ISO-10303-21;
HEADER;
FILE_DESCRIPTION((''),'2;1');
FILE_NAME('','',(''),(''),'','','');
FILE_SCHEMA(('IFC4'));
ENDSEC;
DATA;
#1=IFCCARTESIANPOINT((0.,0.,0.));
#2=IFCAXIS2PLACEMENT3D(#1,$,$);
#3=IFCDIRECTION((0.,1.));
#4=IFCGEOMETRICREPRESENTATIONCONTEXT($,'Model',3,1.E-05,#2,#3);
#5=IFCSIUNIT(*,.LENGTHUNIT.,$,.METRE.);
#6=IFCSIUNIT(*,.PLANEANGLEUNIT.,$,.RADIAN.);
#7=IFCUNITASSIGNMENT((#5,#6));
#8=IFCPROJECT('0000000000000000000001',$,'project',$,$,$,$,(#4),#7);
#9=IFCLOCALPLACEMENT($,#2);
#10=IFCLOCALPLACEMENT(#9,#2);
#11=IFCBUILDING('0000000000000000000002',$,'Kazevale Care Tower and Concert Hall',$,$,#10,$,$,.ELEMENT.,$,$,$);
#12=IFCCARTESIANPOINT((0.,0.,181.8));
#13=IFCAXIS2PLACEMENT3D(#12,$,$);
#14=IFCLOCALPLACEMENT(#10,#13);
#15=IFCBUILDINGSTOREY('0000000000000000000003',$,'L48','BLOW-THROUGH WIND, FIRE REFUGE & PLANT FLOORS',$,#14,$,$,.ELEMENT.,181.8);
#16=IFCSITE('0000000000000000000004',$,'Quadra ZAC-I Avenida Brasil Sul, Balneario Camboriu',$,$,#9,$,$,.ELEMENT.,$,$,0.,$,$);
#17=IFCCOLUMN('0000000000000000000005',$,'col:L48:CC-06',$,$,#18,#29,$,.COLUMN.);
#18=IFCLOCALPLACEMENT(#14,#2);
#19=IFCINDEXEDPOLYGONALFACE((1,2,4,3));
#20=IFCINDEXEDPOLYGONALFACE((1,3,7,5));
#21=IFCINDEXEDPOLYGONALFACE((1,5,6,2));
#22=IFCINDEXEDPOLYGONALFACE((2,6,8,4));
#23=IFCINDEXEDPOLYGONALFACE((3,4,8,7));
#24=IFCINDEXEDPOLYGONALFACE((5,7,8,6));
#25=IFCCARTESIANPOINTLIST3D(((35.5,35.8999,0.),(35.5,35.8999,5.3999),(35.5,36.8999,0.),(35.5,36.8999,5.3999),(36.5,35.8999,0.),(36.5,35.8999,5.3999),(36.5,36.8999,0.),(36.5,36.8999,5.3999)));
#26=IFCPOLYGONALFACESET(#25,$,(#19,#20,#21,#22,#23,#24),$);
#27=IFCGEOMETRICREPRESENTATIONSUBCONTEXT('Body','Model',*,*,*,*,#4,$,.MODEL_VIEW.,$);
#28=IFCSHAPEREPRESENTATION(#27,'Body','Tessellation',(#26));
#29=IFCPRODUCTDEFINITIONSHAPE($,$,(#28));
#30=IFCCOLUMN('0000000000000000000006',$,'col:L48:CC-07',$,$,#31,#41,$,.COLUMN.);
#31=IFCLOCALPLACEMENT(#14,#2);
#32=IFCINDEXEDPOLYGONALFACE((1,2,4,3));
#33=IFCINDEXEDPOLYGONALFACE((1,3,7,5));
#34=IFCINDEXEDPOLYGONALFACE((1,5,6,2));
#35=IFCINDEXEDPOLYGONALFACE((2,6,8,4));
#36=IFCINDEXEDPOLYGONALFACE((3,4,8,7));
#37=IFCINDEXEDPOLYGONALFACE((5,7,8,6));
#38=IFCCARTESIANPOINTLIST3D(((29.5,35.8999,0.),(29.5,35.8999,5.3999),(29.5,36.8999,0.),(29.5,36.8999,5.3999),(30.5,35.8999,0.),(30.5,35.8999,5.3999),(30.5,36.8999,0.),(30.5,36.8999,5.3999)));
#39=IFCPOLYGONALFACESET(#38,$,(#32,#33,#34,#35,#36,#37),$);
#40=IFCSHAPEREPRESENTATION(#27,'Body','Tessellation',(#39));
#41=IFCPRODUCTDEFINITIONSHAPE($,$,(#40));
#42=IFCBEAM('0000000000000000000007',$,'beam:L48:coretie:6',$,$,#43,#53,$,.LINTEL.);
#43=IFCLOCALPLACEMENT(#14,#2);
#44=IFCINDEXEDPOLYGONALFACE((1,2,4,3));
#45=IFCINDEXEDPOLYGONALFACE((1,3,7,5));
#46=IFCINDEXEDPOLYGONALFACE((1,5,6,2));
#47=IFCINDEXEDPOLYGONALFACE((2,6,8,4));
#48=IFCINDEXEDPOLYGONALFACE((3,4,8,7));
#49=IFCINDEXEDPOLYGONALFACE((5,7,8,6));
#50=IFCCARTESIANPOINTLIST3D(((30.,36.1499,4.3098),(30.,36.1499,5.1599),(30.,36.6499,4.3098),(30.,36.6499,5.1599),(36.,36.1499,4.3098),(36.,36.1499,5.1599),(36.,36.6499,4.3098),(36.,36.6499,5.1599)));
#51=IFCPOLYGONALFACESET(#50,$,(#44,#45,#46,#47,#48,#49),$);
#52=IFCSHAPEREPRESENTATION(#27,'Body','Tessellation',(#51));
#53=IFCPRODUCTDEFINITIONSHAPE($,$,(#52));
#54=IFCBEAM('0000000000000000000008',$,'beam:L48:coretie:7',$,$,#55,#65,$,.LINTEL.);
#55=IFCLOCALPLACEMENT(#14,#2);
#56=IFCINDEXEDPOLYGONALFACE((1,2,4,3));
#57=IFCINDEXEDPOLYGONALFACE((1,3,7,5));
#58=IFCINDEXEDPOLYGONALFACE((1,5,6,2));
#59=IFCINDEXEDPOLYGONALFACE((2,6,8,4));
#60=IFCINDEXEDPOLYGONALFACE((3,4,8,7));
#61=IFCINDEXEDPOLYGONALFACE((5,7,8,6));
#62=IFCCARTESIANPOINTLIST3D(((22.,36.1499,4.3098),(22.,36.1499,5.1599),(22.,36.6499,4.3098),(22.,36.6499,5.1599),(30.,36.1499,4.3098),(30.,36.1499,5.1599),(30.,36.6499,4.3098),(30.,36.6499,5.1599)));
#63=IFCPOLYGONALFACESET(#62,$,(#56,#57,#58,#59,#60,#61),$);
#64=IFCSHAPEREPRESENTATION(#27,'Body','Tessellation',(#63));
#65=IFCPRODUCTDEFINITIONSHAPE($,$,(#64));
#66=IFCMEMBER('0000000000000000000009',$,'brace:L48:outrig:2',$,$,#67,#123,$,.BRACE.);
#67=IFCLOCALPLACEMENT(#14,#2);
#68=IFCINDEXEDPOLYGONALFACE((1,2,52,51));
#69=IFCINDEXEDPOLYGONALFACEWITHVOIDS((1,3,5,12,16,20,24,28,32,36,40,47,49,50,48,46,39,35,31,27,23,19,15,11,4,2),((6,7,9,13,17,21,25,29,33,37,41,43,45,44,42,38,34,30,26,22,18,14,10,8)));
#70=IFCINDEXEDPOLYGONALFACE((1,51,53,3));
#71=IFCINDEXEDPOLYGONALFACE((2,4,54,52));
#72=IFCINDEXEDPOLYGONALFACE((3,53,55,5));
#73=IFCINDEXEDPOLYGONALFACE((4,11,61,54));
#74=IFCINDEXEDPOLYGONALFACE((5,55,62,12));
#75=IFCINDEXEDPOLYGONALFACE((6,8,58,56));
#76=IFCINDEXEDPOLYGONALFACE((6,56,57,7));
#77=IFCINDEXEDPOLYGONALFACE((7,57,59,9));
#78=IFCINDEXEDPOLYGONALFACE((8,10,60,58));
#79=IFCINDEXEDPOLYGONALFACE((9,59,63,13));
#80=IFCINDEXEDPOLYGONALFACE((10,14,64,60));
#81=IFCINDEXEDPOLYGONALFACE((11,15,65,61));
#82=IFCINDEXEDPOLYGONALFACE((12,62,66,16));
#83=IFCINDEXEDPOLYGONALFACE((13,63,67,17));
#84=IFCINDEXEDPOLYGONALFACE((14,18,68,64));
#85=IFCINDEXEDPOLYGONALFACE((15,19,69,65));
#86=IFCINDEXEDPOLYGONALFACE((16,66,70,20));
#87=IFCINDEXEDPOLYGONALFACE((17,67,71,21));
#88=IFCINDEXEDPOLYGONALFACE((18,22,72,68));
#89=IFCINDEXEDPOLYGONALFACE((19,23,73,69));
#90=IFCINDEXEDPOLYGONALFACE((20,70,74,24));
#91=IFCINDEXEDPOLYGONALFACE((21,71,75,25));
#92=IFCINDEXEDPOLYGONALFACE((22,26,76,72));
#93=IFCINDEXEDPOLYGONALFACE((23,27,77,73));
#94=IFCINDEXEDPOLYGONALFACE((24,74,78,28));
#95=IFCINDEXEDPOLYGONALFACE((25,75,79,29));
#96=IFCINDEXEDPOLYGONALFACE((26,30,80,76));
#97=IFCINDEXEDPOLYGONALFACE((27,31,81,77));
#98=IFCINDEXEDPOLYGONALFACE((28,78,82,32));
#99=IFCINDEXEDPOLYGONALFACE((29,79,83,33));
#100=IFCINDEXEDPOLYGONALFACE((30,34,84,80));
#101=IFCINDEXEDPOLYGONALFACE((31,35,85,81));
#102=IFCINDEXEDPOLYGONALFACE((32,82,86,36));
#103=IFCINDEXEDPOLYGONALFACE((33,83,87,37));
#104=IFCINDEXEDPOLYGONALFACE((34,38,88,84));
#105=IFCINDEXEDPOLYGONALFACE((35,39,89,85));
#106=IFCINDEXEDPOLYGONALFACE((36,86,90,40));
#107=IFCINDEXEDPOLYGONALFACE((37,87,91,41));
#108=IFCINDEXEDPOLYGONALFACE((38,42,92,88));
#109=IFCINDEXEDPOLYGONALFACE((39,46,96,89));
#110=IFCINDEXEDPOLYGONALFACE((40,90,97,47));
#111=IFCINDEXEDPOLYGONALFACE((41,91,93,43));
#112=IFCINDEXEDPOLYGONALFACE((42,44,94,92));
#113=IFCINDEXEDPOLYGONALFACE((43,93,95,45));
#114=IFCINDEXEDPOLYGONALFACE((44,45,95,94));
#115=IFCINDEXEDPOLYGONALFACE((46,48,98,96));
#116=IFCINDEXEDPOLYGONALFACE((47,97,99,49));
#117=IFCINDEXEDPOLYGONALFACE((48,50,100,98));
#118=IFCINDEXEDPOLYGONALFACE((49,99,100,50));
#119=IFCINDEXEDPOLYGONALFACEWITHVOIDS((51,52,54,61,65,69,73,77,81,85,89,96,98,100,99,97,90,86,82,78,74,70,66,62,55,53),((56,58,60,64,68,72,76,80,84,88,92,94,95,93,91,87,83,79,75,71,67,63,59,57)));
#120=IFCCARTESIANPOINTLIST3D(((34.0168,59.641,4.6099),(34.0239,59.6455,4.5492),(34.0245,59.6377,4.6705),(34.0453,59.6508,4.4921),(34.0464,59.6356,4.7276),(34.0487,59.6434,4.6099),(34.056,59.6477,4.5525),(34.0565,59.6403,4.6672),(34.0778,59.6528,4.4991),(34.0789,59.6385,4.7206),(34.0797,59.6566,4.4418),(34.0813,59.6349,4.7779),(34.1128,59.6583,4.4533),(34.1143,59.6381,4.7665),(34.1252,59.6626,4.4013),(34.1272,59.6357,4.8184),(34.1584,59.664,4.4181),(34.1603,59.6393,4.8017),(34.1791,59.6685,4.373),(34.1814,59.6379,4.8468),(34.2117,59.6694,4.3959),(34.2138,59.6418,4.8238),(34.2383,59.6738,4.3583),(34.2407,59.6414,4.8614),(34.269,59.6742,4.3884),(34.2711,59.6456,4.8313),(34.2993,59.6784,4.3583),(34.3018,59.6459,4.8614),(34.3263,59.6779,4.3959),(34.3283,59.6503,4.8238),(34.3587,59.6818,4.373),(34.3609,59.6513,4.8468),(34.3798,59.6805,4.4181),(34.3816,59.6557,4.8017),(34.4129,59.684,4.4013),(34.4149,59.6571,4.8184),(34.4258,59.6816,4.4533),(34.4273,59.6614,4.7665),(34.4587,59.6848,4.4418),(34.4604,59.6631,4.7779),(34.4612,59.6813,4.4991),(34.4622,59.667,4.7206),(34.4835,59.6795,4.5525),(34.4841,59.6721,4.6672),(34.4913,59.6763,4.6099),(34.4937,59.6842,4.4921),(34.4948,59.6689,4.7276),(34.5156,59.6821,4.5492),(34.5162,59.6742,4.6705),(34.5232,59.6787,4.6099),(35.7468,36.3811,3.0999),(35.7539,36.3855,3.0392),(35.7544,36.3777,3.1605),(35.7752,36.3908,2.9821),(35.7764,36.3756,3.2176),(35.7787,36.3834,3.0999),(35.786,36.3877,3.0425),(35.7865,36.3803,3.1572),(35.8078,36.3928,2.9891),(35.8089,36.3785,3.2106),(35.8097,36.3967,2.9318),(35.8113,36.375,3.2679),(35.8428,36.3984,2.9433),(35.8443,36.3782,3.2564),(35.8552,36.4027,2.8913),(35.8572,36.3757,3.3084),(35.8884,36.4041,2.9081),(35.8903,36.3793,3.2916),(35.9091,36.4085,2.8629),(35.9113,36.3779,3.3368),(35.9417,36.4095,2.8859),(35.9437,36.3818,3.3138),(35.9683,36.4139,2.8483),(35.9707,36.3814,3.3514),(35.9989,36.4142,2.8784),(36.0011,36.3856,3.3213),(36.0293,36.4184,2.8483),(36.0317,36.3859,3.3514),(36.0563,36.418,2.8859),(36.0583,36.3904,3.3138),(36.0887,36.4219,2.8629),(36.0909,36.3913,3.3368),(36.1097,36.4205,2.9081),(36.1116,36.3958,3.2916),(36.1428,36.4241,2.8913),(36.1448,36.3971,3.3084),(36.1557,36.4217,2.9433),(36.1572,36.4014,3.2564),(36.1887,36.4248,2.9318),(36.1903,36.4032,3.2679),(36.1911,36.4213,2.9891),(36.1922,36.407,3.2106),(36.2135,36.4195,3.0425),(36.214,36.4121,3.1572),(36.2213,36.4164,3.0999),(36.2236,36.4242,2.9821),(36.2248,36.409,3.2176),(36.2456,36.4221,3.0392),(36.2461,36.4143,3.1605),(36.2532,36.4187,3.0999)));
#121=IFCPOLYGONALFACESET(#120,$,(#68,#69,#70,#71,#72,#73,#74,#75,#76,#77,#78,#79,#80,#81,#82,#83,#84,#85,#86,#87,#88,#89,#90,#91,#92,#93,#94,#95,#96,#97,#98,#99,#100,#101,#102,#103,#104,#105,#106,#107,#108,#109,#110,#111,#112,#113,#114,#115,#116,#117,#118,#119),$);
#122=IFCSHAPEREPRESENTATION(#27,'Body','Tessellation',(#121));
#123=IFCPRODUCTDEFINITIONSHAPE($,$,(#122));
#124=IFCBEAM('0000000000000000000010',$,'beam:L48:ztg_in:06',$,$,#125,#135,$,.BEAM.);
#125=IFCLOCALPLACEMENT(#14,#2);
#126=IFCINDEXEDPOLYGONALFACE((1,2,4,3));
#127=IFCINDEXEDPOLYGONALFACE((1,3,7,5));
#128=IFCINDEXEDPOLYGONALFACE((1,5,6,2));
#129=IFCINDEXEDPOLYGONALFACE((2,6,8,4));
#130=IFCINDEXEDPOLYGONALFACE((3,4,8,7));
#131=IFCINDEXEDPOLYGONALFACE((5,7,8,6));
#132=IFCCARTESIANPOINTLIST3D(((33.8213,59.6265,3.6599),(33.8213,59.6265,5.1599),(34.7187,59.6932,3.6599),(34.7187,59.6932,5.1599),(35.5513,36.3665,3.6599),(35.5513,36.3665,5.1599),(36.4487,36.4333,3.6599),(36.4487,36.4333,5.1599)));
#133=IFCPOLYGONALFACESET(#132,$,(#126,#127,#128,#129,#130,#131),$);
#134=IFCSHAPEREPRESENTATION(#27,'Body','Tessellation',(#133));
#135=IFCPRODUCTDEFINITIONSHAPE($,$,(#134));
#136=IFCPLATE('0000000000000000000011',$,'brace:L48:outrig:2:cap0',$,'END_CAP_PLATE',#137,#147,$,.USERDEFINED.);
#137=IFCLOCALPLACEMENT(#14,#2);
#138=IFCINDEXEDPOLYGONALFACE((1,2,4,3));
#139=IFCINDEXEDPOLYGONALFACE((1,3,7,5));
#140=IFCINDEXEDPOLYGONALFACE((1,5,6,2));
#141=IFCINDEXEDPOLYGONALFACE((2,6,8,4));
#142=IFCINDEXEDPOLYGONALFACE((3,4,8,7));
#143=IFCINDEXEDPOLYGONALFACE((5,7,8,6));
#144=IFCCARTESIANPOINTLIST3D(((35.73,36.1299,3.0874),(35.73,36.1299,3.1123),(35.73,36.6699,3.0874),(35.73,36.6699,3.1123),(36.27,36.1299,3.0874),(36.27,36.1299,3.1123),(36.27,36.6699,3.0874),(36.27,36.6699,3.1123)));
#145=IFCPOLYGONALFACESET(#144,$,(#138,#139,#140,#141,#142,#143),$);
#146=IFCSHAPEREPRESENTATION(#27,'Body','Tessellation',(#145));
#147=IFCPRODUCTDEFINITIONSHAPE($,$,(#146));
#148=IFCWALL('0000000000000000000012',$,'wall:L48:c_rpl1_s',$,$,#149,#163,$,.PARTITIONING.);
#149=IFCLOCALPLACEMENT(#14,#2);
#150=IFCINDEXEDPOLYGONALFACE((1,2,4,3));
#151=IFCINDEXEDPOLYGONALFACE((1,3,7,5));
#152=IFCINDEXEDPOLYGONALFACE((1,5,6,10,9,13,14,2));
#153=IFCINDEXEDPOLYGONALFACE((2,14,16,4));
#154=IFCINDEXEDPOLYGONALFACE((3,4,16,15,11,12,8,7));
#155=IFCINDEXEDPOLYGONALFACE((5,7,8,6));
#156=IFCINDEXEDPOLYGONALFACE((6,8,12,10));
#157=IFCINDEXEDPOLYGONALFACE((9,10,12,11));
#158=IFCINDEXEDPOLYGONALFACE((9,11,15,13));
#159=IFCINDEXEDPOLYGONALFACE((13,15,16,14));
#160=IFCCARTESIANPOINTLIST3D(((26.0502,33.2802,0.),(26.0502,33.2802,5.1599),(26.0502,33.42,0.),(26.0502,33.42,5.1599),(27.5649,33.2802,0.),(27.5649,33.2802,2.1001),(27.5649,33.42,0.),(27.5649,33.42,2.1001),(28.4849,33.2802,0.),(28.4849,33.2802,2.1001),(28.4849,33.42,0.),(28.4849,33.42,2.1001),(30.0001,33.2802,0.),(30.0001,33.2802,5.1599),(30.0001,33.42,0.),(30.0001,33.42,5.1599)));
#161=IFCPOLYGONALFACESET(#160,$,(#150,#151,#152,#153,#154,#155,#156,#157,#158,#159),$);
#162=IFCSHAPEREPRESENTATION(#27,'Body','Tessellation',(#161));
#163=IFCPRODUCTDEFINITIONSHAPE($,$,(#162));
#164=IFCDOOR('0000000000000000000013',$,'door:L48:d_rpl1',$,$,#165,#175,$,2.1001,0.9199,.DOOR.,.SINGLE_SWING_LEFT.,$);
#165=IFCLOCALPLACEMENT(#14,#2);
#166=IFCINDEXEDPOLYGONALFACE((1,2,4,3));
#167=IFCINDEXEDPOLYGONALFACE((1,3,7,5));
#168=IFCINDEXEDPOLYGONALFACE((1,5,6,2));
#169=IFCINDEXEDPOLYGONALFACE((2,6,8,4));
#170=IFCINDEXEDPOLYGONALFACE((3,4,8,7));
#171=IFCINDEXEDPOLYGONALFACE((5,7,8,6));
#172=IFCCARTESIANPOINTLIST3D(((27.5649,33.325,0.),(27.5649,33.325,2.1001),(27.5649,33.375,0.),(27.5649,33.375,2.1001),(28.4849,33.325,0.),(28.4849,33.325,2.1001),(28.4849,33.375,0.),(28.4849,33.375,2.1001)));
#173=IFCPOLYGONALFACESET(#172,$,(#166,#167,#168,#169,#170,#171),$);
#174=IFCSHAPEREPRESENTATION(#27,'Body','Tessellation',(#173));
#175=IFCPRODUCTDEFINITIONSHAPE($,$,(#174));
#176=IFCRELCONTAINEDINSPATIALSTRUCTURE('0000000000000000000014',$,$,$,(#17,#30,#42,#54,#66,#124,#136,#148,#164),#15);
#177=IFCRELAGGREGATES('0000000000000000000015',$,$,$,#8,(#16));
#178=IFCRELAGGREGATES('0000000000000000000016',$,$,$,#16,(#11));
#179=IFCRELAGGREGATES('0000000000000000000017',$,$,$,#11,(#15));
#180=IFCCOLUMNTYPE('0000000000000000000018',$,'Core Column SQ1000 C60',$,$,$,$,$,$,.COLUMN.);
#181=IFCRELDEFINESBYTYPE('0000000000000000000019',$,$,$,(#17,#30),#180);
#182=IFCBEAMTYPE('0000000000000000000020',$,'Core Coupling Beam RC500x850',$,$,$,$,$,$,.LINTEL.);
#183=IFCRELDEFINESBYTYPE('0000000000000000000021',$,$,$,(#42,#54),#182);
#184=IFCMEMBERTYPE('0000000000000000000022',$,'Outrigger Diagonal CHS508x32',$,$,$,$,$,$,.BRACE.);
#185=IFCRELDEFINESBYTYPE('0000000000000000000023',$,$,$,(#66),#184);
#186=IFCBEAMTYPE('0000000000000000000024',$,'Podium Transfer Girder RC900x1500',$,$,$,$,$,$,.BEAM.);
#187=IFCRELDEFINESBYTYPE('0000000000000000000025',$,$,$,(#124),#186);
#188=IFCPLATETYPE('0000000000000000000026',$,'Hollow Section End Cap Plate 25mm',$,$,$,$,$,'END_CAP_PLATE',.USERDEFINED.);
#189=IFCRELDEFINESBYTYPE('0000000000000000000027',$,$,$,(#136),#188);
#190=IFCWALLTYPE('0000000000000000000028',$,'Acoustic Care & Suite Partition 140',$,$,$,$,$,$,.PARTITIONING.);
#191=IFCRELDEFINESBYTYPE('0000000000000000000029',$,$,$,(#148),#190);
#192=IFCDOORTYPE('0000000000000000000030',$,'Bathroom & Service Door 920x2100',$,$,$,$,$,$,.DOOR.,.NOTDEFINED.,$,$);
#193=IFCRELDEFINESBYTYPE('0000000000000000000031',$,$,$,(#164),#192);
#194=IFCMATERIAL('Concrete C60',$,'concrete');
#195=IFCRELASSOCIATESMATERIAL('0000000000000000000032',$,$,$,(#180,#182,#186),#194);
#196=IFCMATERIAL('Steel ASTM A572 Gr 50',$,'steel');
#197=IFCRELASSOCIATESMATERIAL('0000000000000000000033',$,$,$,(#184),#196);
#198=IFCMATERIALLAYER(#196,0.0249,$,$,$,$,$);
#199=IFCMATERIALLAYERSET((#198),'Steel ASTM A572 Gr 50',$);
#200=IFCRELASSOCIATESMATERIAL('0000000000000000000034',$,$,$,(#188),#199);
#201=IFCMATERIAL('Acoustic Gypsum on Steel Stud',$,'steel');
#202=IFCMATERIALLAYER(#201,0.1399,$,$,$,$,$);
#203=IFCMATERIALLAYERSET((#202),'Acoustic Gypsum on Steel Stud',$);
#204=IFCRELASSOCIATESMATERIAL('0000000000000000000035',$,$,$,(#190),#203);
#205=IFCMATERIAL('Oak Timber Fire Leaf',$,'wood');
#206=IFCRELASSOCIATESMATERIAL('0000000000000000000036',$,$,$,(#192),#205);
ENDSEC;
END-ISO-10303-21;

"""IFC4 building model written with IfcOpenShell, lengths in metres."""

from ifc_helpers import new_model, si_unit, direction, frame, frame_2d, origin, origin_2d, place, context, subcontext, project, spatial, rectangle, hollow_circle, extrude, material, layer, layer_set, material_profile, profile_set, type_object, element, fill, save


model = new_model("IFC4")

# Units and contexts
model_context = context("Model", 3, precision=1e-05, world=origin(), true_north=direction((0.0, 1.0)))
body_context = subcontext(model_context, "Body", "Model", "MODEL_VIEW")
ifc_project = project(units=[si_unit("LENGTHUNIT", "METRE"), si_unit("PLANEANGLEUNIT", "RADIAN")], contexts=[model_context])

# Site, building, storey
site_placement = place(None, origin())
site = spatial("IfcSite", under=ifc_project, at=site_placement, Name="Quadra ZAC-I Avenida Brasil Sul, Balneario Camboriu", CompositionType="ELEMENT", RefElevation=0.0)
building_placement = place(site_placement, origin())
building = spatial("IfcBuilding", under=site, at=building_placement, Name="Kazevale Care Tower and Concert Hall", CompositionType="ELEMENT")
storey_placement = place(building_placement, frame((0.0, 0.0, 181.8)))
storey = spatial("IfcBuildingStorey", under=building, at=storey_placement, Name="L48", Description="BLOW-THROUGH WIND, FIRE REFUGE & PLANT FLOORS", CompositionType="ELEMENT", Elevation=181.8)

# Columns
ifc_material_1 = material(Name="Concrete C60", Category="concrete")
ifc_material_profile_1 = material_profile(ifc_material_1, rectangle(XDim=1.0, YDim=1.0, at=origin_2d()), Name="RC-SQ1000")
ifc_profile_set_1 = profile_set([ifc_material_profile_1], Name="Concrete C60")
column_type = type_object("IfcColumnType", Name="Core Column SQ1000 C60", PredefinedType="COLUMN", material=ifc_profile_set_1)
for number, where, z_axis, x_axis, name in (
    (1, (36.0, 36.3999, 0.0), (0.0, 0.0, 1.0), (1.0, 0.0, 0.0), "col:L48:CC-06"),
    (2, (30.0, 36.3999, 0.0), (0.0, 0.0, 1.0), (1.0, 0.0, 0.0), "col:L48:CC-07"),
):
    element("IfcColumn", number, at=place(storey_placement, frame(where, z_axis=z_axis, x_axis=x_axis)), inside=storey, type_object=column_type, Name=name, PredefinedType="COLUMN", context=body_context, shape_type="SweptSolid", body=[
        extrude(rectangle(XDim=1.0, YDim=1.0, at=origin_2d()), origin(), (0.0, 0.0, 1.0), 5.3999),
    ])

# Beams
ifc_material_profile_2 = material_profile(ifc_material_1, rectangle(XDim=0.5, YDim=0.8501, at=origin_2d()), Name="RC-B500x850")
ifc_profile_set_2 = profile_set([ifc_material_profile_2], Name="Concrete C60")
beam_type_1 = type_object("IfcBeamType", Name="Core Coupling Beam RC500x850", PredefinedType="LINTEL", material=ifc_profile_set_2)
beam_1_placement = place(storey_placement, frame((36.0, 36.3999, 4.7349), z_axis=(-1.0, 0.0, 0.0), x_axis=(0.0, -1.0, 0.0)))
element("IfcBeam", 3, at=beam_1_placement, inside=storey, type_object=beam_type_1, Name="beam:L48:coretie:6", PredefinedType="LINTEL", context=body_context, shape_type="SweptSolid", body=[
    extrude(rectangle(XDim=0.5, YDim=0.8501, at=origin_2d()), origin(), (0.0, 0.0, 1.0), 6.0),
])
beam_2_placement = place(storey_placement, frame((30.0, 36.3999, 4.7349), z_axis=(-1.0, 0.0, 0.0), x_axis=(0.0, -1.0, 0.0)))
element("IfcBeam", 4, at=beam_2_placement, inside=storey, type_object=beam_type_1, Name="beam:L48:coretie:7", PredefinedType="LINTEL", context=body_context, shape_type="SweptSolid", body=[
    extrude(rectangle(XDim=0.5, YDim=0.8501, at=origin_2d()), origin(), (0.0, 0.0, 1.0), 8.0),
])

# Member
ifc_material_2 = material(Name="Steel ASTM A572 Gr 50", Category="steel")
ifc_material_profile_3 = material_profile(ifc_material_2, hollow_circle(Radius=0.2539, WallThickness=0.032, at=origin_2d()), Name="CHS508x32")
ifc_profile_set_3 = profile_set([ifc_material_profile_3], Name="Steel ASTM A572 Gr 50")
member_type = type_object("IfcMemberType", Name="Outrigger Diagonal CHS508x32", PredefinedType="BRACE", material=ifc_profile_set_3)
member_placement = place(storey_placement, frame((36.0, 36.3999, 3.0999), z_axis=(-0.074016, 0.995162, 0.064605), x_axis=(-0.997246, -0.074171, 0.0)))
element("IfcMember", 5, at=member_placement, inside=storey, type_object=member_type, Name="brace:L48:outrig:2", PredefinedType="BRACE", context=body_context, shape_type="SweptSolid", body=[
    extrude(hollow_circle(Radius=0.2539, WallThickness=0.032, at=origin_2d()), origin(), (0.0, 0.0, 1.0), 23.373),
])

# Beam
ifc_material_profile_4 = material_profile(ifc_material_1, rectangle(XDim=0.8999, YDim=1.5, at=origin_2d()), Name="RC-TG900x1500")
ifc_profile_set_4 = profile_set([ifc_material_profile_4], Name="Concrete C60")
beam_type_2 = type_object("IfcBeamType", Name="Podium Transfer Girder RC900x1500", PredefinedType="BEAM", material=ifc_profile_set_4)
beam_3_placement = place(storey_placement, frame((36.0, 36.3999, 4.4099), z_axis=(-0.074171, 0.997246, 0.0), x_axis=(-0.997246, -0.074171, 0.0)))
element("IfcBeam", 6, at=beam_3_placement, inside=storey, type_object=beam_type_2, Name="beam:L48:ztg_in:06", PredefinedType="BEAM", context=body_context, shape_type="SweptSolid", body=[
    extrude(rectangle(XDim=0.8999, YDim=1.5, at=origin_2d()), origin(), (0.0, 0.0, 1.0), 23.3242),
])

# Plate
ifc_layer_1 = layer(ifc_material_2, 0.0249)
ifc_layer_set_1 = layer_set([ifc_layer_1], Name="Steel ASTM A572 Gr 50")
plate_type = type_object("IfcPlateType", Name="Hollow Section End Cap Plate 25mm", ElementType="END_CAP_PLATE", PredefinedType="USERDEFINED", material=ifc_layer_set_1)
plate_placement = place(storey_placement, frame((36.0, 36.3999, 3.0874), z_axis=(0.0, 0.0, 1.0), x_axis=(1.0, 0.0, 0.0)))
element("IfcPlate", 7, at=plate_placement, inside=storey, type_object=plate_type, Name="brace:L48:outrig:2:cap0", ObjectType="END_CAP_PLATE", PredefinedType="USERDEFINED", context=body_context, shape_type="SweptSolid", body=[
    extrude(rectangle(XDim=0.54, YDim=0.54, at=origin_2d()), origin(), (0.0, 0.0, 1.0), 0.0249),
])

# Wall, opening, door
ifc_material_3 = material(Name="Acoustic Gypsum on Steel Stud", Category="steel")
ifc_layer_2 = layer(ifc_material_3, 0.1399)
ifc_layer_set_2 = layer_set([ifc_layer_2], Name="Acoustic Gypsum on Steel Stud")
wall_type_1 = type_object("IfcWallType", Name="Acoustic Care & Suite Partition 140", PredefinedType="PARTITIONING", material=ifc_layer_set_2)
wall_1_placement = place(storey_placement, frame((26.05, 33.3501, 0.0), z_axis=(0.0, 0.0, 1.0), x_axis=(1.0, 0.0, 0.0)))
wall_1 = element("IfcWall", 8, at=wall_1_placement, inside=storey, type_object=wall_type_1, Name="wall:L48:c_rpl1_s", PredefinedType="PARTITIONING", context=body_context, shape_type="SweptSolid", body=[
    extrude(rectangle(XDim=3.95, YDim=0.1399, at=frame_2d((1.9751, 0.0))), origin(), (0.0, 0.0, 1.0), 5.1599),
])
opening_1_placement = place(wall_1_placement, frame((1.5149, 0.0, 0.0)))
opening_1 = element("IfcOpeningElement", 9, at=opening_1_placement, cuts=wall_1, PredefinedType="OPENING", context=body_context, shape_type="SweptSolid", body=[
    extrude(rectangle(XDim=0.9199, YDim=2.1001, at=frame_2d((0.46, 1.05))), frame((0.0, 0.0798, 0.0), z_axis=(0.0, -1.0, 0.0), x_axis=(1.0, 0.0, 0.0)), (0.0, 0.0, 1.0), 0.1599),
])
ifc_material_4 = material(Name="Oak Timber Fire Leaf", Category="wood")
door_type_1 = type_object("IfcDoorType", Name="Bathroom & Service Door 920x2100", OperationType="NOTDEFINED", PredefinedType="DOOR", material=ifc_material_4)
door_1_placement = place(opening_1_placement, origin())
door_1 = element("IfcDoor", 10, at=door_1_placement, inside=storey, type_object=door_type_1, Name="door:L48:d_rpl1", OperationType="SINGLE_SWING_LEFT", OverallHeight=2.1001, OverallWidth=0.9199, PredefinedType="DOOR", context=body_context, shape_type="SweptSolid", body=[
    extrude(rectangle(XDim=0.9199, YDim=2.1001, at=frame_2d((0.46, 1.05))), frame((0.0, 0.0249, 0.0), z_axis=(0.0, -1.0, 0.0), x_axis=(1.0, 0.0, 0.0)), (0.0, 0.0, 1.0), 0.05),
])
fill(opening_1, door_1)

save(model, "model.ifc")
